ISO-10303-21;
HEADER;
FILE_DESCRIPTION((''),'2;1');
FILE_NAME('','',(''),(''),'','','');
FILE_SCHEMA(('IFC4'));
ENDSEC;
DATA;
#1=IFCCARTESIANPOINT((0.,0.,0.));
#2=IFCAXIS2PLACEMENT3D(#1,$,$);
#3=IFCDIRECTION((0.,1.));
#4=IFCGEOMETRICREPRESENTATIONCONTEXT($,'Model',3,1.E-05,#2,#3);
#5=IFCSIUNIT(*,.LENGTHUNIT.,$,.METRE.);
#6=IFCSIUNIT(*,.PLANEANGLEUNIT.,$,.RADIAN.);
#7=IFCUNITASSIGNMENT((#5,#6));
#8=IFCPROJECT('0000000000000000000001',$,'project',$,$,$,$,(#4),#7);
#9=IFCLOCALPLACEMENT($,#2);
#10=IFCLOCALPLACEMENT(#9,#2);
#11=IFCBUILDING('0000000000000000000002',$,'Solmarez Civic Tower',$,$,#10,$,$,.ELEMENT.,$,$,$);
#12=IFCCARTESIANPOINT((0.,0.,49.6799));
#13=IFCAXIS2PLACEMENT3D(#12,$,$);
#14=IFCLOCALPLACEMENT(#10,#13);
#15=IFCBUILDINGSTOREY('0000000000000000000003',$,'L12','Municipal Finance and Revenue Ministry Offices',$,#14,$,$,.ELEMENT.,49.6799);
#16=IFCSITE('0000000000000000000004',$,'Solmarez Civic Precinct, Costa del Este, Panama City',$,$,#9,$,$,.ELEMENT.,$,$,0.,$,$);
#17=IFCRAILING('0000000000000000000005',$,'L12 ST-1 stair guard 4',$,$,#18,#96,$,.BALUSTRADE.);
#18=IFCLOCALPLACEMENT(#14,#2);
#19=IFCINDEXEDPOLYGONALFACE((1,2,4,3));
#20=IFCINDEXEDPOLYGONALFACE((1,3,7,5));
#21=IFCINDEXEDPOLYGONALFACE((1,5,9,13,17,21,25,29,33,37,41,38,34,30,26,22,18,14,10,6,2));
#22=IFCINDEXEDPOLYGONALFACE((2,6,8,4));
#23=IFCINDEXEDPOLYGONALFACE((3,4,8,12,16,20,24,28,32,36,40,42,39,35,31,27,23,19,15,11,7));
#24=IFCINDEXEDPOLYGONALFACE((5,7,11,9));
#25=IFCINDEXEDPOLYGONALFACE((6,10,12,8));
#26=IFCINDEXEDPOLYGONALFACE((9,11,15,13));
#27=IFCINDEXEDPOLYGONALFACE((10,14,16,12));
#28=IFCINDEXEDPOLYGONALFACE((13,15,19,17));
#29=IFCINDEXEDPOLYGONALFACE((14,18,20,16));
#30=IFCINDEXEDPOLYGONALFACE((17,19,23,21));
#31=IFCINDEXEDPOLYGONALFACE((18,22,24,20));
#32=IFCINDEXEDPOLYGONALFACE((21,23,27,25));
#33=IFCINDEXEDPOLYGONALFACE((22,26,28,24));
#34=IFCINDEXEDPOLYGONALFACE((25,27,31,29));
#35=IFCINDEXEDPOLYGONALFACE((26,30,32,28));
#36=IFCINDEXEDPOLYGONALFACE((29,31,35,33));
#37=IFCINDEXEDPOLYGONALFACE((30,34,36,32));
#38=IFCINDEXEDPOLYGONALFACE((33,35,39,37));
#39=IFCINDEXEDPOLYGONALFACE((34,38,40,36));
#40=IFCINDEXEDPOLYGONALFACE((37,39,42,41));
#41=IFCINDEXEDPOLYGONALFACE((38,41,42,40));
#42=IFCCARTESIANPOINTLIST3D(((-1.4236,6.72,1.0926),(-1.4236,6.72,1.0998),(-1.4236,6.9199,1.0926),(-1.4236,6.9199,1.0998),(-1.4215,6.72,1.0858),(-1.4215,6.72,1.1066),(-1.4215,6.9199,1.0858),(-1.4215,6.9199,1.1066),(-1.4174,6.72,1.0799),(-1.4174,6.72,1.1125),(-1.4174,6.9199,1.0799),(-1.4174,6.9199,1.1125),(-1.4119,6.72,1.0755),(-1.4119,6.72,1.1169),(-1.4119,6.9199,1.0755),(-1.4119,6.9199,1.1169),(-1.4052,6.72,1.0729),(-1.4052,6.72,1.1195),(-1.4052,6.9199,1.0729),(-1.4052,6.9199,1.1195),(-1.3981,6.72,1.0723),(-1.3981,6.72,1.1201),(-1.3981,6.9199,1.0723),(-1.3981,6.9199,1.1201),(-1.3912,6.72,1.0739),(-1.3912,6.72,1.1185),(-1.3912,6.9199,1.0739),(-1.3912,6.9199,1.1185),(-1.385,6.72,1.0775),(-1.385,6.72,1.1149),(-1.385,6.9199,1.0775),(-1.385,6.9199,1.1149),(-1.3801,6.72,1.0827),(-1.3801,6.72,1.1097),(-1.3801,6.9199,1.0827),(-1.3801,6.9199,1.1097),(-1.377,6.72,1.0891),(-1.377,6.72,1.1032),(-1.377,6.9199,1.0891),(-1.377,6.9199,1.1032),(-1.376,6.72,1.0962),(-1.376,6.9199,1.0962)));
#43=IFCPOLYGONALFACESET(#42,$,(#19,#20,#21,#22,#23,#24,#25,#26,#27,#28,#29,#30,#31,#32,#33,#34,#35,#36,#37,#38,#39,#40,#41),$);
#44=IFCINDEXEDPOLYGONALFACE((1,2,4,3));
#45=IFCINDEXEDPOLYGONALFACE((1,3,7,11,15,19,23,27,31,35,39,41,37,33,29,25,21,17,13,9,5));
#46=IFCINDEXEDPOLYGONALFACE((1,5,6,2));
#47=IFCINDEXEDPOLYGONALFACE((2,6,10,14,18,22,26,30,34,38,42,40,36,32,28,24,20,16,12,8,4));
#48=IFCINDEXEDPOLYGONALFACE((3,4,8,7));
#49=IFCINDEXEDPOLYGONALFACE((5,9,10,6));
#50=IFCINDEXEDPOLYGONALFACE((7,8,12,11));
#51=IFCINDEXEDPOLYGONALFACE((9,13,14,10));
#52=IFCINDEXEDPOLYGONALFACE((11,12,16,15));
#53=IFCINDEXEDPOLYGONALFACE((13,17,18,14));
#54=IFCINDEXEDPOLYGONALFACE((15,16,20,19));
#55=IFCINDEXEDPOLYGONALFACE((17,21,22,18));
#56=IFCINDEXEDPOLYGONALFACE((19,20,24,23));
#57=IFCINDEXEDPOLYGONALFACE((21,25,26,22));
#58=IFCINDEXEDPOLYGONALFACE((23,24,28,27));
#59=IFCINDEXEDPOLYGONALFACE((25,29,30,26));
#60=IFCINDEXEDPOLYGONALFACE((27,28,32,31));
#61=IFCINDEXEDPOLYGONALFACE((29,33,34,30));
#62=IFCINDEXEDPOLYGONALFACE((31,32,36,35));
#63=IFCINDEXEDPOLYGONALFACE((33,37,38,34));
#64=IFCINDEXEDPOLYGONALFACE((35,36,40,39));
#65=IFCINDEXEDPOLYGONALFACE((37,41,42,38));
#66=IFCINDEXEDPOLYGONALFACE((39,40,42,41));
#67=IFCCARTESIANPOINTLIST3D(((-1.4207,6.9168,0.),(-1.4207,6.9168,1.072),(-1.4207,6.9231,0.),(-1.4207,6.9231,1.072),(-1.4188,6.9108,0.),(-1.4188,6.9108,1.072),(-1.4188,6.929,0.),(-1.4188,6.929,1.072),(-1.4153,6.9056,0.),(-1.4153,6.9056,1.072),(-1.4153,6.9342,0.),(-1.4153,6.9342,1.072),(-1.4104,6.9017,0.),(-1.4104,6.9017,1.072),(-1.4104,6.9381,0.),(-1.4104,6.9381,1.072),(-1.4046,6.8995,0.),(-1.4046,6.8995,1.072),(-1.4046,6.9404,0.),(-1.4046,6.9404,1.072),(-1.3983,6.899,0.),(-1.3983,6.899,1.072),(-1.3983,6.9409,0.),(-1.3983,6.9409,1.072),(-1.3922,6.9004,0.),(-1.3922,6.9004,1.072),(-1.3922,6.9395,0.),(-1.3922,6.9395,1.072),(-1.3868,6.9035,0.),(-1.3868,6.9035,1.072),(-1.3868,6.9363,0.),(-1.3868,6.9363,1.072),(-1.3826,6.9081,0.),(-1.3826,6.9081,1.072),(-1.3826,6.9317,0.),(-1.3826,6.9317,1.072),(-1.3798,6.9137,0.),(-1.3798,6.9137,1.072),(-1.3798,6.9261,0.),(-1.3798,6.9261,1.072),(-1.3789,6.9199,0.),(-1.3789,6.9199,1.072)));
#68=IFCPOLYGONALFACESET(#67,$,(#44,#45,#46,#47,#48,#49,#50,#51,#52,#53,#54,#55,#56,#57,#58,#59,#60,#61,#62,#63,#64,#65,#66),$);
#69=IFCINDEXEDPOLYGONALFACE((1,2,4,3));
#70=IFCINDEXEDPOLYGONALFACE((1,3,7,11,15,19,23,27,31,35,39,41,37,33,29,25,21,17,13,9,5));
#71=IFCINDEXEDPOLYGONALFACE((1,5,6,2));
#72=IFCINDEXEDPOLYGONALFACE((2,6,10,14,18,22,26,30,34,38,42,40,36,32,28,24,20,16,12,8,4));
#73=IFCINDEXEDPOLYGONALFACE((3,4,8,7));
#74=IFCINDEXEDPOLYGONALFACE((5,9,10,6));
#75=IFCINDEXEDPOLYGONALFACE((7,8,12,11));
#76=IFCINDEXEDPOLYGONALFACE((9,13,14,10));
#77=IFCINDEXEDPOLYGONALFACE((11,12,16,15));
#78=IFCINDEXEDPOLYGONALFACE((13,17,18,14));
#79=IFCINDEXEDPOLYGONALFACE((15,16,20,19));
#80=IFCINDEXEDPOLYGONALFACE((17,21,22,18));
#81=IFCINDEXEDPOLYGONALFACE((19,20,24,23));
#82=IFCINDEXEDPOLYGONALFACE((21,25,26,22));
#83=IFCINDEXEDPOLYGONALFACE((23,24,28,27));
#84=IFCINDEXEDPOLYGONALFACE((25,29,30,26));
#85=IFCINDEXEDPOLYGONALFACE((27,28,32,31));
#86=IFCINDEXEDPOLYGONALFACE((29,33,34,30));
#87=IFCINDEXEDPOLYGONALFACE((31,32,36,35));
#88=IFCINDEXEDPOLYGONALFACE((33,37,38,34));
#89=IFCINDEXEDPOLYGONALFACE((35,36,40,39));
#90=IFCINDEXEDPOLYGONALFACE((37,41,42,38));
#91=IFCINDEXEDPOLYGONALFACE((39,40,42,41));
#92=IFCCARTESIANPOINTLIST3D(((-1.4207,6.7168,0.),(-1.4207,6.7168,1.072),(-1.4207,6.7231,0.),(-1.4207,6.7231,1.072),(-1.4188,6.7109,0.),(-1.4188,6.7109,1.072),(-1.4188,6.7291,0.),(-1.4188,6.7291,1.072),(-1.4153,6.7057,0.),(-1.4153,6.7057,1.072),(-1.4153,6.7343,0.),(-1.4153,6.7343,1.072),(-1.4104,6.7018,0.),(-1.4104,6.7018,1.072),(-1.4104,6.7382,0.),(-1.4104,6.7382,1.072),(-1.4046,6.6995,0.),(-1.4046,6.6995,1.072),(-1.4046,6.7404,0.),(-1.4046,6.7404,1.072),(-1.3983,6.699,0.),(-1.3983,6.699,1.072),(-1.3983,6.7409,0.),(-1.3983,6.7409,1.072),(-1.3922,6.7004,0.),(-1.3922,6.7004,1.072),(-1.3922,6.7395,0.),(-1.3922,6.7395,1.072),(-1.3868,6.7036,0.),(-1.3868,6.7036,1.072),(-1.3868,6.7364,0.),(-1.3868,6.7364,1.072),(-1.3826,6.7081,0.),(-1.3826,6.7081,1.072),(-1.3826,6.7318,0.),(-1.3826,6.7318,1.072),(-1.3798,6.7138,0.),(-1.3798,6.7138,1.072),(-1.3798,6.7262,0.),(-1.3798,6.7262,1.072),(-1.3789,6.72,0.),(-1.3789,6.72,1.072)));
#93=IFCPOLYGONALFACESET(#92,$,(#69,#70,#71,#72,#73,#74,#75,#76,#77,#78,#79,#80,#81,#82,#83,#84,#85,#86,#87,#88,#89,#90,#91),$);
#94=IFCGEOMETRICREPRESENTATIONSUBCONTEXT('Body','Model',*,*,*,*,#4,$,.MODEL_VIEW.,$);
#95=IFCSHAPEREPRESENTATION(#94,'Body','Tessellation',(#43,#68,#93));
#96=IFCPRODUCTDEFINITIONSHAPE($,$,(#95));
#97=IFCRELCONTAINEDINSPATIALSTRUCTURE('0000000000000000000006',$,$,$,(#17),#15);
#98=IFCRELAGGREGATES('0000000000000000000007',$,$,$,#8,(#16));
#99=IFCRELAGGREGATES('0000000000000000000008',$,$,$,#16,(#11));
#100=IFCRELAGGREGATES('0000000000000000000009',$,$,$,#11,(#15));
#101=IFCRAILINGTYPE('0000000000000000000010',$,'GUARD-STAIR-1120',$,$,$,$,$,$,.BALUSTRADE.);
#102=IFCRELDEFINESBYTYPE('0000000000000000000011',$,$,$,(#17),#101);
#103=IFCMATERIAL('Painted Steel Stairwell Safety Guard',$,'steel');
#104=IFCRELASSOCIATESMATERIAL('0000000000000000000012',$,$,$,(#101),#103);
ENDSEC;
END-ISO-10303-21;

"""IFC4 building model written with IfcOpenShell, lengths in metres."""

from ifc_helpers import new_model, si_unit, direction, frame, origin, origin_2d, place, context, subcontext, project, spatial, circle, extrude, material, type_object, element, save


model = new_model("IFC4")

# Units and contexts
model_context = context("Model", 3, precision=1e-05, world=origin(), true_north=direction((0.0, 1.0)))
body_context = subcontext(model_context, "Body", "Model", "MODEL_VIEW")
ifc_project = project(units=[si_unit("LENGTHUNIT", "METRE"), si_unit("PLANEANGLEUNIT", "RADIAN")], contexts=[model_context])

# Site, building, storey
site_placement = place(None, origin())
site = spatial("IfcSite", under=ifc_project, at=site_placement, Name="Solmarez Civic Precinct, Costa del Este, Panama City", CompositionType="ELEMENT", RefElevation=0.0)
building_placement = place(site_placement, origin())
building = spatial("IfcBuilding", under=site, at=building_placement, Name="Solmarez Civic Tower", CompositionType="ELEMENT")
storey_placement = place(building_placement, frame((0.0, 0.0, 49.6799)))
storey = spatial("IfcBuildingStorey", under=building, at=storey_placement, Name="L12", Description="Municipal Finance and Revenue Ministry Offices", CompositionType="ELEMENT", Elevation=49.6799)

# Railing
ifc_material_1 = material(Name="Painted Steel Stairwell Safety Guard", Category="steel")
railing_type_1 = type_object("IfcRailingType", Name="GUARD-STAIR-1120", PredefinedType="BALUSTRADE", material=ifc_material_1)
railing_1_placement = place(storey_placement, frame((-1.3999, 6.9199, 0.0)))
element("IfcRailing", 1, at=railing_1_placement, inside=storey, type_object=railing_type_1, Name="L12 ST-1 stair guard 4", PredefinedType="BALUSTRADE", context=body_context, shape_type="SweptSolid", body=[
    extrude(circle(Radius=0.0239, at=origin_2d()), frame((0.0, 0.0, 1.0962), z_axis=(0.0, -1.0, 0.0), x_axis=(1.0, 0.0, 0.0)), (0.0, 0.0, 1.0), 0.2),
    extrude(circle(Radius=0.021, at=origin_2d()), origin(), (0.0, 0.0, 1.0), 1.072),
    extrude(circle(Radius=0.021, at=origin_2d()), frame((0.0, -0.2, 0.0)), (0.0, 0.0, 1.0), 1.072),
])

save(model, "model.ifc")
